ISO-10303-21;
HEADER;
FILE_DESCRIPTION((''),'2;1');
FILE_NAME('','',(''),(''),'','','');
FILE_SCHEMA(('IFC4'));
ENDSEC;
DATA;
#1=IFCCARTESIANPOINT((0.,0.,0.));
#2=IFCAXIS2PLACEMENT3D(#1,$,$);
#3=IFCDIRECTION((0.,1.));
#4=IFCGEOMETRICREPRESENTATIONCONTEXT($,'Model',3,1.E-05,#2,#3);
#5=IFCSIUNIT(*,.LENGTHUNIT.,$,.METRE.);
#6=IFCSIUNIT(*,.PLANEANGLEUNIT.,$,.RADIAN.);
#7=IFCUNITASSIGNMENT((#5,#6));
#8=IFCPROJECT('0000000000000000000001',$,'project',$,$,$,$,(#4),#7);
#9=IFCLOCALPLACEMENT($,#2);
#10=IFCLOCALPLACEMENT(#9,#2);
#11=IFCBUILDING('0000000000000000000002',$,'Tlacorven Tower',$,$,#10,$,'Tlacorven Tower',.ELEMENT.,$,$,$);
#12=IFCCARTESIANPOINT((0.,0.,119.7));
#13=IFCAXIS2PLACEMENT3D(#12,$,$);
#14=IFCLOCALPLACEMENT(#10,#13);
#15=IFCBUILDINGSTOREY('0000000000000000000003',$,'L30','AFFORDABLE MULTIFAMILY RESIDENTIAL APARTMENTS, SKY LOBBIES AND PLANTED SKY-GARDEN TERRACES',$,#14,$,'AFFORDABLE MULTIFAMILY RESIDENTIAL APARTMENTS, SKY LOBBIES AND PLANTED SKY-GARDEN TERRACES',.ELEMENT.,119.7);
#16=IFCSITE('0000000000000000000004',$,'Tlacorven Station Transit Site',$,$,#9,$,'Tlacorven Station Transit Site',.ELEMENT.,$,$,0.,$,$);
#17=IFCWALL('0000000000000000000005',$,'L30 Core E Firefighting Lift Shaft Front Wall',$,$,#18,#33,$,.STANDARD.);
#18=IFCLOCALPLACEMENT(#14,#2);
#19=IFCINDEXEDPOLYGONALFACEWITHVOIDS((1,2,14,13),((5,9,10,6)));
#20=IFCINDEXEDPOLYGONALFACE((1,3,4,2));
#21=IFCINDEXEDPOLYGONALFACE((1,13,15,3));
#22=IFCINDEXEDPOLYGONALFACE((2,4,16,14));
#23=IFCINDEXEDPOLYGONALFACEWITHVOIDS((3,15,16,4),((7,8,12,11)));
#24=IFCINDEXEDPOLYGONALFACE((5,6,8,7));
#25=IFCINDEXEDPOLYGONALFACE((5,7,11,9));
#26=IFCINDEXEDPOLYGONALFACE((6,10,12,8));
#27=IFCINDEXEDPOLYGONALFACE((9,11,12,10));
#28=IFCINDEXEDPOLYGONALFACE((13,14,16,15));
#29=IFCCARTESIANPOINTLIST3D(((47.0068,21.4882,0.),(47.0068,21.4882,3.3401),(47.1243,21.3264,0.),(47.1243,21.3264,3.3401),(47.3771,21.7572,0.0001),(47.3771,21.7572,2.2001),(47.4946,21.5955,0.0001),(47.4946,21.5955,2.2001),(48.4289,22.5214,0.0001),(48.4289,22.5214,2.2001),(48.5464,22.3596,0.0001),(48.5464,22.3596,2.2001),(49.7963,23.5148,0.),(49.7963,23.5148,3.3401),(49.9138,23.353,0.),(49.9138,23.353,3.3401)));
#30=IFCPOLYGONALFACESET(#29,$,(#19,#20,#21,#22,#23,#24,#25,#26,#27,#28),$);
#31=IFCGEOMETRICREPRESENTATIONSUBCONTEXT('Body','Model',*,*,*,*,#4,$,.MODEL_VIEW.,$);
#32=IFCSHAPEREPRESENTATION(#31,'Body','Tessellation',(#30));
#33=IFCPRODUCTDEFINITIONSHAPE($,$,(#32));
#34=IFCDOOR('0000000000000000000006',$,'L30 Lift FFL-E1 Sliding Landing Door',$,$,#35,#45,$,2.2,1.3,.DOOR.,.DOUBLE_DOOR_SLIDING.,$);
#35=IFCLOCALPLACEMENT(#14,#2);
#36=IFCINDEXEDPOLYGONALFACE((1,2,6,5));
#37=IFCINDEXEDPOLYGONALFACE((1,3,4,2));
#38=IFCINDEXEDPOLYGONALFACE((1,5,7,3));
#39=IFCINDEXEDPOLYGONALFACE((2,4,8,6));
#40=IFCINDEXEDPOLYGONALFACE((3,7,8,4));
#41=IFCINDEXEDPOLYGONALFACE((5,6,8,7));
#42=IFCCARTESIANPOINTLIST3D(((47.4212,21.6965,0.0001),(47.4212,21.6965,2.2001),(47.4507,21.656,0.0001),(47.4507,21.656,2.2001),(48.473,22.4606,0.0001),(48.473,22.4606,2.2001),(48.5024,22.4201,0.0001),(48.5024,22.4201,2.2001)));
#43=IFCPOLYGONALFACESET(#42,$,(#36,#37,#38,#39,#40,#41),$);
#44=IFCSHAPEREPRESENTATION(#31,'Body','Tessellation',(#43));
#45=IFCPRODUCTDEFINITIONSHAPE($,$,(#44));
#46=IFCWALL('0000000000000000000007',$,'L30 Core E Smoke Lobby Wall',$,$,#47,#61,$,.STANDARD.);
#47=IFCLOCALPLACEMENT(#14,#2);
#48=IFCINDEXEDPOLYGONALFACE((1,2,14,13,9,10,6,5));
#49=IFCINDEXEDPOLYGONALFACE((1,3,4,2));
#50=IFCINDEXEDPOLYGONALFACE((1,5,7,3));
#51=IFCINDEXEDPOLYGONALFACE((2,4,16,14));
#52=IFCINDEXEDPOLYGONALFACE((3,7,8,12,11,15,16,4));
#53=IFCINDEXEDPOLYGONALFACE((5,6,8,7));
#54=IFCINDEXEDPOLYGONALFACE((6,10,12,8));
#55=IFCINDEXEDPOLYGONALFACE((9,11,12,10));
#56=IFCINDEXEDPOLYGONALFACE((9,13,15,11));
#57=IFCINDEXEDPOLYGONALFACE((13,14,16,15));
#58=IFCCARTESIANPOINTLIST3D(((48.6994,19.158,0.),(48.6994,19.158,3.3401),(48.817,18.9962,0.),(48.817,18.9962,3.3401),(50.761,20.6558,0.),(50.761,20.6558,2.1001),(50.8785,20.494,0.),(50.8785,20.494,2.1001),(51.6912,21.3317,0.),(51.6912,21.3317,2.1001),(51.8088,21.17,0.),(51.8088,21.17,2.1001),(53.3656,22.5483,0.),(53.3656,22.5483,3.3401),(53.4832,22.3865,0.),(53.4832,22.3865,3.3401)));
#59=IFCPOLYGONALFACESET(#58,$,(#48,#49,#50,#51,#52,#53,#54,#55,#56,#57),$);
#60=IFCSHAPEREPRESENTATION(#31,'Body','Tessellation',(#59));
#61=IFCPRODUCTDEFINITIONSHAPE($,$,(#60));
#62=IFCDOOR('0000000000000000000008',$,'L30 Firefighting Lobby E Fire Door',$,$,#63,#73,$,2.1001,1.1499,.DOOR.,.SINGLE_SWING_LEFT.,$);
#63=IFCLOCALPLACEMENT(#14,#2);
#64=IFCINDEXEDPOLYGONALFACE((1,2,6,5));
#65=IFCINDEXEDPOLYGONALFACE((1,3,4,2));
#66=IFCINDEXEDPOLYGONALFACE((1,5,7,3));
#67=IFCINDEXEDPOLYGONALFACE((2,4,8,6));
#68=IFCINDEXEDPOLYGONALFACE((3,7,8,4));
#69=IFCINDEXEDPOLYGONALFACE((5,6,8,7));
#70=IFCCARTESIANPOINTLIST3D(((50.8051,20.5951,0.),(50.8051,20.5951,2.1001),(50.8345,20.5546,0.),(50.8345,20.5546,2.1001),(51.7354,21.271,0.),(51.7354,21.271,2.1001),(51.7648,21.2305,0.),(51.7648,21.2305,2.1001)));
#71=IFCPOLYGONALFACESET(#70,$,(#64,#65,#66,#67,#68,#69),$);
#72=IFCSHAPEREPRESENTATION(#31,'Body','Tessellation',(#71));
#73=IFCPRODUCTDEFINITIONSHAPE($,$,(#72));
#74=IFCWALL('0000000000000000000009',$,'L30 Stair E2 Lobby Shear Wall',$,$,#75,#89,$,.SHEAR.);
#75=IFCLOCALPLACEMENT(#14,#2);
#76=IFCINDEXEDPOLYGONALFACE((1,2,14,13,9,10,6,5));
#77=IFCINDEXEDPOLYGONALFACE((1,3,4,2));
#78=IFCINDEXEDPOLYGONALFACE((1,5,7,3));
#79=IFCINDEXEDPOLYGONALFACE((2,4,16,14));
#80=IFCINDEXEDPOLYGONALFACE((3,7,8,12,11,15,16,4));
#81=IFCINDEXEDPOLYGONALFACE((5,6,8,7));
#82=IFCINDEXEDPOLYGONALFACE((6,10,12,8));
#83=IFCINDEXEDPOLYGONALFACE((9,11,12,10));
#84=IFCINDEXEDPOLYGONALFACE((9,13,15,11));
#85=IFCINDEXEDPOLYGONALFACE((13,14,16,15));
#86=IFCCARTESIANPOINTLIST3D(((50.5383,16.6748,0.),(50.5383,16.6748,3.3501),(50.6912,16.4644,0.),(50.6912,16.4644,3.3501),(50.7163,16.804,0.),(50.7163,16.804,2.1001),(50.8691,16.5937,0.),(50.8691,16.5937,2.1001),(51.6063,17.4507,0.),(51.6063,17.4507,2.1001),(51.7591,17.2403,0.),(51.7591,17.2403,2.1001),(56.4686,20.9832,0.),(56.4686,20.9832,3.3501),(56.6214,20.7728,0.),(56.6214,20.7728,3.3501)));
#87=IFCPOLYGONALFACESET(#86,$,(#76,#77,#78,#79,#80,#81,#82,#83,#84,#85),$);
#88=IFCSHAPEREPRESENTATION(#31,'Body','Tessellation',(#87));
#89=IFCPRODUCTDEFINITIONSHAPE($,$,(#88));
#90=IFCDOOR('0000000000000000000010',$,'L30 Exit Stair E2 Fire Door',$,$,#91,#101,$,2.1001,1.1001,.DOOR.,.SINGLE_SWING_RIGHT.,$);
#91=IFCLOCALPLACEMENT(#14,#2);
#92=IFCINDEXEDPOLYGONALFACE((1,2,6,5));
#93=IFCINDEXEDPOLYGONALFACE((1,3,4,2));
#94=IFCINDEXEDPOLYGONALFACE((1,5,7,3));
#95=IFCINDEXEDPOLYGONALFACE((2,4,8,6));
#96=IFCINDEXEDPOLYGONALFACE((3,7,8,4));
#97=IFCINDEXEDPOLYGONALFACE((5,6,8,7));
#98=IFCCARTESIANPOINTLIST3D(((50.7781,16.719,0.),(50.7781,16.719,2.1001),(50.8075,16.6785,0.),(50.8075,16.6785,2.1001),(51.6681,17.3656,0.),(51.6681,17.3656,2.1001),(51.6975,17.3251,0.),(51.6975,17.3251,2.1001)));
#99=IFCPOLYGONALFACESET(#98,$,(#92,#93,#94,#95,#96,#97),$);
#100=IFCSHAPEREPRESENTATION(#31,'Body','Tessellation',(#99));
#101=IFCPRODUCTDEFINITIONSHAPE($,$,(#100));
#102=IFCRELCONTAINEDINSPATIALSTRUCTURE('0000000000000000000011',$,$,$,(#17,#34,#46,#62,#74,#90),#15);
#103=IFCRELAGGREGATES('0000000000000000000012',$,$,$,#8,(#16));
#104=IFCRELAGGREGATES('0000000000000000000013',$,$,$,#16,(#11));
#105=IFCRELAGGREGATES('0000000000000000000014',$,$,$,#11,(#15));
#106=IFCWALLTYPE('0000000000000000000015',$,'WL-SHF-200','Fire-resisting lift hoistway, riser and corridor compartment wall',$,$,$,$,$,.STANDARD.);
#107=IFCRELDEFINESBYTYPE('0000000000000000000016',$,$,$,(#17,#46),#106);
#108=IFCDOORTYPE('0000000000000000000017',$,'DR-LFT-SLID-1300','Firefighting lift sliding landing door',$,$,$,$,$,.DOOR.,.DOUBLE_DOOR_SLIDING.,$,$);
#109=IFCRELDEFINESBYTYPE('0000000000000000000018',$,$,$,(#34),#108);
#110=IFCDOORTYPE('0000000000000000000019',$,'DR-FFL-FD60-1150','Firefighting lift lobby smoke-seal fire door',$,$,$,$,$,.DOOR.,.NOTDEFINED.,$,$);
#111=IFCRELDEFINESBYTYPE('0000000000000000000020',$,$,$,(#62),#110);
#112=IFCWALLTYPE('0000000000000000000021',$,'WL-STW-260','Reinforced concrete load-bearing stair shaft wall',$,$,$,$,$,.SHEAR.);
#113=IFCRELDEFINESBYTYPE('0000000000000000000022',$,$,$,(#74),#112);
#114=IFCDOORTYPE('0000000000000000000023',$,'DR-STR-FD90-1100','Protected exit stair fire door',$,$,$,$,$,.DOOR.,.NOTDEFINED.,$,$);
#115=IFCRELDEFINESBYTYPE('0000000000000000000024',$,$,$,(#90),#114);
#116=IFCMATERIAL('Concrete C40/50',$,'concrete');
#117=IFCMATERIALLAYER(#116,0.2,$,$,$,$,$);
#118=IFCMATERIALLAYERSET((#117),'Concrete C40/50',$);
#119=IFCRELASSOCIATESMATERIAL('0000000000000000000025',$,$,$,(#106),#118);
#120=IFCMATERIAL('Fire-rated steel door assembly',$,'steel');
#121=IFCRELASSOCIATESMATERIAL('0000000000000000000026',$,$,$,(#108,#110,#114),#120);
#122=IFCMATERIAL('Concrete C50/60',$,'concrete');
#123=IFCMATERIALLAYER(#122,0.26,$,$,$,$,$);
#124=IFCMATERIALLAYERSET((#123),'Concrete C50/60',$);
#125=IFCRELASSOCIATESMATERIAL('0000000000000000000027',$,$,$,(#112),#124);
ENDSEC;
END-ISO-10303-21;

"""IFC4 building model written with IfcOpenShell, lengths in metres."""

from ifc_helpers import new_model, si_unit, direction, frame, frame_2d, origin, place, context, subcontext, project, spatial, rectangle, extrude, source, transform, mapped, material, layer, layer_set, type_object, element, fill, save


model = new_model("IFC4")

# Units and contexts
model_context = context("Model", 3, precision=1e-05, world=origin(), true_north=direction((0.0, 1.0)))
body_context = subcontext(model_context, "Body", "Model", "MODEL_VIEW")
ifc_project = project(units=[si_unit("LENGTHUNIT", "METRE"), si_unit("PLANEANGLEUNIT", "RADIAN")], contexts=[model_context])

# Site, building, storey
site_placement = place(None, origin())
site = spatial("IfcSite", under=ifc_project, at=site_placement, Name="Tlacorven Station Transit Site", LongName="Tlacorven Station Transit Site", CompositionType="ELEMENT", RefElevation=0.0)
building_placement = place(site_placement, origin())
building = spatial("IfcBuilding", under=site, at=building_placement, Name="Tlacorven Tower", LongName="Tlacorven Tower", CompositionType="ELEMENT")
storey_placement = place(building_placement, frame((0.0, 0.0, 119.7)))
storey = spatial("IfcBuildingStorey", under=building, at=storey_placement, Name="L30", Description="AFFORDABLE MULTIFAMILY RESIDENTIAL APARTMENTS, SKY LOBBIES AND PLANTED SKY-GARDEN TERRACES", LongName="AFFORDABLE MULTIFAMILY RESIDENTIAL APARTMENTS, SKY LOBBIES AND PLANTED SKY-GARDEN TERRACES", CompositionType="ELEMENT", Elevation=119.7)

# Walls, openings, doors
ifc_material_1 = material(Name="Concrete C40/50", Category="concrete")
ifc_layer_1 = layer(ifc_material_1, 0.2)
ifc_layer_set_1 = layer_set([ifc_layer_1], Name="Concrete C40/50")
wall_type_1 = type_object("IfcWallType", Name="WL-SHF-200", Description="Fire-resisting lift hoistway, riser and corridor compartment wall", PredefinedType="STANDARD", material=ifc_layer_set_1)
wall_1_placement = place(storey_placement, frame((47.0654, 21.4072, 0.0), z_axis=(0.0, 0.0, 1.0), x_axis=(0.809033, 0.587763, 0.0)))
wall_1 = element("IfcWall", 1, at=wall_1_placement, inside=storey, type_object=wall_type_1, Name="L30 Core E Firefighting Lift Shaft Front Wall", PredefinedType="STANDARD", context=body_context, shape_type="SweptSolid", body=[
    extrude(rectangle(XDim=3.448, YDim=0.2, at=frame_2d((1.7241, 0.0))), origin(), (0.0, 0.0, 1.0), 3.3401),
])
opening_1_placement = place(wall_1_placement, frame((0.458, 0.0, 0.0)))
opening_1 = element("IfcOpeningElement", 2, at=opening_1_placement, cuts=wall_1, PredefinedType="OPENING", context=body_context, shape_type="SweptSolid", body=[
    extrude(rectangle(XDim=1.3, YDim=2.2, at=frame_2d((0.6499, 1.1001))), frame((0.0, 0.1099, 0.0), z_axis=(0.0, -1.0, 0.0), x_axis=(1.0, 0.0, 0.0)), (0.0, 0.0, 1.0), 0.22),
])
ifc_material_2 = material(Name="Fire-rated steel door assembly", Category="steel")
door_type_1 = type_object("IfcDoorType", Name="DR-LFT-SLID-1300", Description="Firefighting lift sliding landing door", OperationType="DOUBLE_DOOR_SLIDING", PredefinedType="DOOR", material=ifc_material_2)
shared_shape_1 = source(origin(), body_context, "Body", "SweptSolid", [
    extrude(rectangle(XDim=1.3, YDim=2.2, at=frame_2d((0.6499, 1.1001))), frame((0.0, 0.0249, 0.0), z_axis=(0.0, -1.0, 0.0), x_axis=(1.0, 0.0, 0.0)), (0.0, 0.0, 1.0), 0.05),
])
door_1_placement = place(opening_1_placement, origin())
door_1 = element("IfcDoor", 3, at=door_1_placement, inside=storey, type_object=door_type_1, Name="L30 Lift FFL-E1 Sliding Landing Door", OperationType="DOUBLE_DOOR_SLIDING", OverallHeight=2.2, OverallWidth=1.3, PredefinedType="DOOR", context=body_context, shape_type="MappedRepresentation", body=[
    mapped(shared_shape_1, transform((0.0, 0.0, 0.0), scale=1.0)),
])
fill(opening_1, door_1)
wall_2_placement = place(storey_placement, frame((48.7583, 19.0771, 0.0), z_axis=(0.0, 0.0, 1.0), x_axis=(0.809005, 0.587802, 0.0)))
wall_2 = element("IfcWall", 4, at=wall_2_placement, inside=storey, type_object=wall_type_1, Name="L30 Core E Smoke Lobby Wall", PredefinedType="STANDARD", context=body_context, shape_type="SweptSolid", body=[
    extrude(rectangle(XDim=5.7678, YDim=0.2, at=frame_2d((2.8838, 0.0))), origin(), (0.0, 0.0, 1.0), 3.3401),
])
opening_2_placement = place(wall_2_placement, frame((2.5481, 0.0, 0.0)))
opening_2 = element("IfcOpeningElement", 5, at=opening_2_placement, cuts=wall_2, PredefinedType="OPENING", context=body_context, shape_type="SweptSolid", body=[
    extrude(rectangle(XDim=1.1499, YDim=2.1001, at=frame_2d((0.575, 1.05))), frame((0.0, 0.1099, 0.0), z_axis=(0.0, -1.0, 0.0), x_axis=(1.0, 0.0, 0.0)), (0.0, 0.0, 1.0), 0.22),
])
door_type_2 = type_object("IfcDoorType", Name="DR-FFL-FD60-1150", Description="Firefighting lift lobby smoke-seal fire door", OperationType="NOTDEFINED", PredefinedType="DOOR", material=ifc_material_2)
shared_shape_2 = source(origin(), body_context, "Body", "SweptSolid", [
    extrude(rectangle(XDim=1.1499, YDim=2.1001, at=frame_2d((0.575, 1.05))), frame((0.0, 0.0249, 0.0), z_axis=(0.0, -1.0, 0.0), x_axis=(1.0, 0.0, 0.0)), (0.0, 0.0, 1.0), 0.05),
])
door_2_placement = place(opening_2_placement, origin())
door_2 = element("IfcDoor", 6, at=door_2_placement, inside=storey, type_object=door_type_2, Name="L30 Firefighting Lobby E Fire Door", OperationType="SINGLE_SWING_LEFT", OverallHeight=2.1001, OverallWidth=1.1499, PredefinedType="DOOR", context=body_context, shape_type="MappedRepresentation", body=[
    mapped(shared_shape_2, transform((0.0, 0.0, 0.0), scale=1.0)),
])
fill(opening_2, door_2)
ifc_material_3 = material(Name="Concrete C50/60", Category="concrete")
ifc_layer_2 = layer(ifc_material_3, 0.26)
ifc_layer_set_2 = layer_set([ifc_layer_2], Name="Concrete C50/60")
wall_type_2 = type_object("IfcWallType", Name="WL-STW-260", Description="Reinforced concrete load-bearing stair shaft wall", PredefinedType="SHEAR", material=ifc_layer_set_2)
wall_3_placement = place(storey_placement, frame((50.6147, 16.5696, 0.0), z_axis=(0.0, 0.0, 1.0), x_axis=(0.809028, 0.58777, 0.0)))
wall_3 = element("IfcWall", 7, at=wall_3_placement, inside=storey, type_object=wall_type_2, Name="L30 Stair E2 Lobby Shear Wall", PredefinedType="SHEAR", context=body_context, shape_type="SweptSolid", body=[
    extrude(rectangle(XDim=7.3301, YDim=0.26, at=frame_2d((3.665, 0.0))), origin(), (0.0, 0.0, 1.0), 3.3501),
])
opening_3_placement = place(wall_3_placement, frame((0.22, 0.0, 0.0)))
opening_3 = element("IfcOpeningElement", 8, at=opening_3_placement, cuts=wall_3, PredefinedType="OPENING", context=body_context, shape_type="SweptSolid", body=[
    extrude(rectangle(XDim=1.1001, YDim=2.1001, at=frame_2d((0.55, 1.05))), frame((0.0, 0.1401, 0.0), z_axis=(0.0, -1.0, 0.0), x_axis=(1.0, 0.0, 0.0)), (0.0, 0.0, 1.0), 0.28),
])
door_type_3 = type_object("IfcDoorType", Name="DR-STR-FD90-1100", Description="Protected exit stair fire door", OperationType="NOTDEFINED", PredefinedType="DOOR", material=ifc_material_2)
shared_shape_3 = source(origin(), body_context, "Body", "SweptSolid", [
    extrude(rectangle(XDim=1.1001, YDim=2.1001, at=frame_2d((0.55, 1.05))), frame((0.0, 0.0249, 0.0), z_axis=(0.0, -1.0, 0.0), x_axis=(1.0, 0.0, 0.0)), (0.0, 0.0, 1.0), 0.05),
])
door_3_placement = place(opening_3_placement, origin())
door_3 = element("IfcDoor", 9, at=door_3_placement, inside=storey, type_object=door_type_3, Name="L30 Exit Stair E2 Fire Door", OperationType="SINGLE_SWING_RIGHT", OverallHeight=2.1001, OverallWidth=1.1001, PredefinedType="DOOR", context=body_context, shape_type="MappedRepresentation", body=[
    mapped(shared_shape_3, transform((0.0, 0.0, 0.0), scale=1.0)),
])
fill(opening_3, door_3)

save(model, "model.ifc")
